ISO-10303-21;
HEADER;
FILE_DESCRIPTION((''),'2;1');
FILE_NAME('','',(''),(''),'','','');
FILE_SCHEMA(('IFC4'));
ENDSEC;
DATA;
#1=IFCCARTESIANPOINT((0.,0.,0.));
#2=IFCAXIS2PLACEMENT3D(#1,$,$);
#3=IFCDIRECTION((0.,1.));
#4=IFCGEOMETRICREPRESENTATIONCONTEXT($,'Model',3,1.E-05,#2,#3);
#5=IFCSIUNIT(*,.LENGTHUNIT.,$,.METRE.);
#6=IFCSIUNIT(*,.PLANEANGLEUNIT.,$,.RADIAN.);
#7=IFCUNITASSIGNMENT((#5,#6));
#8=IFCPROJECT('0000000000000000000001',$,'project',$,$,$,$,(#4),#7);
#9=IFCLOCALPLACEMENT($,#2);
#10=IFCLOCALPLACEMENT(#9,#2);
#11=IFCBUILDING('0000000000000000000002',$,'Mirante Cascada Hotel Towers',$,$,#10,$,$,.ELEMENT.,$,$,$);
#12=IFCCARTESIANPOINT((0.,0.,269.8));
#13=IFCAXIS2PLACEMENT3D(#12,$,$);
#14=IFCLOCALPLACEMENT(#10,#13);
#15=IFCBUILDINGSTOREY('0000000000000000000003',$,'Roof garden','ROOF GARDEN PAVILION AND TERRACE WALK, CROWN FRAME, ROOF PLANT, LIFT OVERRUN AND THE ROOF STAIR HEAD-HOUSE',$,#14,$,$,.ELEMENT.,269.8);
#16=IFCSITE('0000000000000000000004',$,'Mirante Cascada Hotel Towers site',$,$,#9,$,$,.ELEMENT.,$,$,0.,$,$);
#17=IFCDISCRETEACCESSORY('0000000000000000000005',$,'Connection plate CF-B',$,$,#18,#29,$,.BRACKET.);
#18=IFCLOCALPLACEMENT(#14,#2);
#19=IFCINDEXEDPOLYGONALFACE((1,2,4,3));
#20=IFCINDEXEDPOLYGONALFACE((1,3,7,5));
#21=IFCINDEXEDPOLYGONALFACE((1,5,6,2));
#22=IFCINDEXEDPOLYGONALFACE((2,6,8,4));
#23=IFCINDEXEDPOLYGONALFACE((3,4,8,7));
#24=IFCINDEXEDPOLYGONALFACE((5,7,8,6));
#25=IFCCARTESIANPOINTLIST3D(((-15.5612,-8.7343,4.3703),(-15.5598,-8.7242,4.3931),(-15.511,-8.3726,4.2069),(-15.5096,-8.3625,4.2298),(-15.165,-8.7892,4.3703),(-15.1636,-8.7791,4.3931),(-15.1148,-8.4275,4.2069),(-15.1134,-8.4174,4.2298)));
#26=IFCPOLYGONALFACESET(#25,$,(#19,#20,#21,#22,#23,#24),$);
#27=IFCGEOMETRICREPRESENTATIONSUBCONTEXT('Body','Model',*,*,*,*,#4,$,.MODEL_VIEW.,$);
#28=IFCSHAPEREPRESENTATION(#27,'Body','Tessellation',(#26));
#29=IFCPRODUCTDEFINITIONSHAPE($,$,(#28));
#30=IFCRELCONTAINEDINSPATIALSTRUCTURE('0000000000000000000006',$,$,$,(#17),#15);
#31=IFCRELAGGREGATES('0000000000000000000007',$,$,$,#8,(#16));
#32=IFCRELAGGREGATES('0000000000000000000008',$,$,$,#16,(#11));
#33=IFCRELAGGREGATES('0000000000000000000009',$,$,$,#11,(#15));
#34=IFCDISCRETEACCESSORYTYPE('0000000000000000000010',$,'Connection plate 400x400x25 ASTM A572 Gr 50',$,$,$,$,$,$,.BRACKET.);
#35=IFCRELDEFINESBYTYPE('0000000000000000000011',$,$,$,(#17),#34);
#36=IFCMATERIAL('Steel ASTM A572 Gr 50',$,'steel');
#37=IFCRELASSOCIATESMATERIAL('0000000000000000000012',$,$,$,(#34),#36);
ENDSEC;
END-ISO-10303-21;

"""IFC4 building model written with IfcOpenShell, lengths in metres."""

from ifc_helpers import new_model, si_unit, direction, frame, origin, origin_2d, place, context, subcontext, project, spatial, rectangle, extrude, material, material_profile, profile_set, type_object, element, save


model = new_model("IFC4")

# Units and contexts
model_context = context("Model", 3, precision=1e-05, world=origin(), true_north=direction((0.0, 1.0)))
body_context = subcontext(model_context, "Body", "Model", "MODEL_VIEW")
ifc_project = project(units=[si_unit("LENGTHUNIT", "METRE"), si_unit("PLANEANGLEUNIT", "RADIAN")], contexts=[model_context])

# Site, building, storey
site_placement = place(None, origin())
site = spatial("IfcSite", under=ifc_project, at=site_placement, Name="Mirante Cascada Hotel Towers site", CompositionType="ELEMENT", RefElevation=0.0)
building_placement = place(site_placement, origin())
building = spatial("IfcBuilding", under=site, at=building_placement, Name="Mirante Cascada Hotel Towers", CompositionType="ELEMENT")
storey_placement = place(building_placement, frame((0.0, 0.0, 269.8)))
storey = spatial("IfcBuildingStorey", under=building, at=storey_placement, Name="Roof garden", Description="ROOF GARDEN PAVILION AND TERRACE WALK, CROWN FRAME, ROOF PLANT, LIFT OVERRUN AND THE ROOF STAIR HEAD-HOUSE", CompositionType="ELEMENT", Elevation=269.8)

# Discrete accessory
ifc_material_1 = material(Name="Steel ASTM A572 Gr 50", Category="steel")
ifc_material_profile_1 = material_profile(ifc_material_1, rectangle(XDim=0.4, YDim=0.4, at=origin_2d()), Name="Connection plate 400x400x25 ASTM A572 Gr 50")
ifc_profile_set_1 = profile_set([ifc_material_profile_1], Name="Steel ASTM A572 Gr 50")
discrete_accessory_type = type_object("IfcDiscreteAccessoryType", Name="Connection plate 400x400x25 ASTM A572 Gr 50", PredefinedType="BRACKET", material=ifc_profile_set_1)
discrete_accessory_1_placement = place(storey_placement, frame((-15.338, -8.5809, 4.2886), z_axis=(0.056053, 0.404385, 0.91287), x_axis=(-0.990529, 0.137301, 0.0)))
element("IfcDiscreteAccessory", 1, at=discrete_accessory_1_placement, inside=storey, type_object=discrete_accessory_type, Name="Connection plate CF-B", PredefinedType="BRACKET", context=body_context, shape_type="SweptSolid", body=[
    extrude(rectangle(XDim=0.4, YDim=0.4, at=origin_2d()), origin(), (0.0, 0.0, 1.0), 0.025),
])

save(model, "model.ifc")
